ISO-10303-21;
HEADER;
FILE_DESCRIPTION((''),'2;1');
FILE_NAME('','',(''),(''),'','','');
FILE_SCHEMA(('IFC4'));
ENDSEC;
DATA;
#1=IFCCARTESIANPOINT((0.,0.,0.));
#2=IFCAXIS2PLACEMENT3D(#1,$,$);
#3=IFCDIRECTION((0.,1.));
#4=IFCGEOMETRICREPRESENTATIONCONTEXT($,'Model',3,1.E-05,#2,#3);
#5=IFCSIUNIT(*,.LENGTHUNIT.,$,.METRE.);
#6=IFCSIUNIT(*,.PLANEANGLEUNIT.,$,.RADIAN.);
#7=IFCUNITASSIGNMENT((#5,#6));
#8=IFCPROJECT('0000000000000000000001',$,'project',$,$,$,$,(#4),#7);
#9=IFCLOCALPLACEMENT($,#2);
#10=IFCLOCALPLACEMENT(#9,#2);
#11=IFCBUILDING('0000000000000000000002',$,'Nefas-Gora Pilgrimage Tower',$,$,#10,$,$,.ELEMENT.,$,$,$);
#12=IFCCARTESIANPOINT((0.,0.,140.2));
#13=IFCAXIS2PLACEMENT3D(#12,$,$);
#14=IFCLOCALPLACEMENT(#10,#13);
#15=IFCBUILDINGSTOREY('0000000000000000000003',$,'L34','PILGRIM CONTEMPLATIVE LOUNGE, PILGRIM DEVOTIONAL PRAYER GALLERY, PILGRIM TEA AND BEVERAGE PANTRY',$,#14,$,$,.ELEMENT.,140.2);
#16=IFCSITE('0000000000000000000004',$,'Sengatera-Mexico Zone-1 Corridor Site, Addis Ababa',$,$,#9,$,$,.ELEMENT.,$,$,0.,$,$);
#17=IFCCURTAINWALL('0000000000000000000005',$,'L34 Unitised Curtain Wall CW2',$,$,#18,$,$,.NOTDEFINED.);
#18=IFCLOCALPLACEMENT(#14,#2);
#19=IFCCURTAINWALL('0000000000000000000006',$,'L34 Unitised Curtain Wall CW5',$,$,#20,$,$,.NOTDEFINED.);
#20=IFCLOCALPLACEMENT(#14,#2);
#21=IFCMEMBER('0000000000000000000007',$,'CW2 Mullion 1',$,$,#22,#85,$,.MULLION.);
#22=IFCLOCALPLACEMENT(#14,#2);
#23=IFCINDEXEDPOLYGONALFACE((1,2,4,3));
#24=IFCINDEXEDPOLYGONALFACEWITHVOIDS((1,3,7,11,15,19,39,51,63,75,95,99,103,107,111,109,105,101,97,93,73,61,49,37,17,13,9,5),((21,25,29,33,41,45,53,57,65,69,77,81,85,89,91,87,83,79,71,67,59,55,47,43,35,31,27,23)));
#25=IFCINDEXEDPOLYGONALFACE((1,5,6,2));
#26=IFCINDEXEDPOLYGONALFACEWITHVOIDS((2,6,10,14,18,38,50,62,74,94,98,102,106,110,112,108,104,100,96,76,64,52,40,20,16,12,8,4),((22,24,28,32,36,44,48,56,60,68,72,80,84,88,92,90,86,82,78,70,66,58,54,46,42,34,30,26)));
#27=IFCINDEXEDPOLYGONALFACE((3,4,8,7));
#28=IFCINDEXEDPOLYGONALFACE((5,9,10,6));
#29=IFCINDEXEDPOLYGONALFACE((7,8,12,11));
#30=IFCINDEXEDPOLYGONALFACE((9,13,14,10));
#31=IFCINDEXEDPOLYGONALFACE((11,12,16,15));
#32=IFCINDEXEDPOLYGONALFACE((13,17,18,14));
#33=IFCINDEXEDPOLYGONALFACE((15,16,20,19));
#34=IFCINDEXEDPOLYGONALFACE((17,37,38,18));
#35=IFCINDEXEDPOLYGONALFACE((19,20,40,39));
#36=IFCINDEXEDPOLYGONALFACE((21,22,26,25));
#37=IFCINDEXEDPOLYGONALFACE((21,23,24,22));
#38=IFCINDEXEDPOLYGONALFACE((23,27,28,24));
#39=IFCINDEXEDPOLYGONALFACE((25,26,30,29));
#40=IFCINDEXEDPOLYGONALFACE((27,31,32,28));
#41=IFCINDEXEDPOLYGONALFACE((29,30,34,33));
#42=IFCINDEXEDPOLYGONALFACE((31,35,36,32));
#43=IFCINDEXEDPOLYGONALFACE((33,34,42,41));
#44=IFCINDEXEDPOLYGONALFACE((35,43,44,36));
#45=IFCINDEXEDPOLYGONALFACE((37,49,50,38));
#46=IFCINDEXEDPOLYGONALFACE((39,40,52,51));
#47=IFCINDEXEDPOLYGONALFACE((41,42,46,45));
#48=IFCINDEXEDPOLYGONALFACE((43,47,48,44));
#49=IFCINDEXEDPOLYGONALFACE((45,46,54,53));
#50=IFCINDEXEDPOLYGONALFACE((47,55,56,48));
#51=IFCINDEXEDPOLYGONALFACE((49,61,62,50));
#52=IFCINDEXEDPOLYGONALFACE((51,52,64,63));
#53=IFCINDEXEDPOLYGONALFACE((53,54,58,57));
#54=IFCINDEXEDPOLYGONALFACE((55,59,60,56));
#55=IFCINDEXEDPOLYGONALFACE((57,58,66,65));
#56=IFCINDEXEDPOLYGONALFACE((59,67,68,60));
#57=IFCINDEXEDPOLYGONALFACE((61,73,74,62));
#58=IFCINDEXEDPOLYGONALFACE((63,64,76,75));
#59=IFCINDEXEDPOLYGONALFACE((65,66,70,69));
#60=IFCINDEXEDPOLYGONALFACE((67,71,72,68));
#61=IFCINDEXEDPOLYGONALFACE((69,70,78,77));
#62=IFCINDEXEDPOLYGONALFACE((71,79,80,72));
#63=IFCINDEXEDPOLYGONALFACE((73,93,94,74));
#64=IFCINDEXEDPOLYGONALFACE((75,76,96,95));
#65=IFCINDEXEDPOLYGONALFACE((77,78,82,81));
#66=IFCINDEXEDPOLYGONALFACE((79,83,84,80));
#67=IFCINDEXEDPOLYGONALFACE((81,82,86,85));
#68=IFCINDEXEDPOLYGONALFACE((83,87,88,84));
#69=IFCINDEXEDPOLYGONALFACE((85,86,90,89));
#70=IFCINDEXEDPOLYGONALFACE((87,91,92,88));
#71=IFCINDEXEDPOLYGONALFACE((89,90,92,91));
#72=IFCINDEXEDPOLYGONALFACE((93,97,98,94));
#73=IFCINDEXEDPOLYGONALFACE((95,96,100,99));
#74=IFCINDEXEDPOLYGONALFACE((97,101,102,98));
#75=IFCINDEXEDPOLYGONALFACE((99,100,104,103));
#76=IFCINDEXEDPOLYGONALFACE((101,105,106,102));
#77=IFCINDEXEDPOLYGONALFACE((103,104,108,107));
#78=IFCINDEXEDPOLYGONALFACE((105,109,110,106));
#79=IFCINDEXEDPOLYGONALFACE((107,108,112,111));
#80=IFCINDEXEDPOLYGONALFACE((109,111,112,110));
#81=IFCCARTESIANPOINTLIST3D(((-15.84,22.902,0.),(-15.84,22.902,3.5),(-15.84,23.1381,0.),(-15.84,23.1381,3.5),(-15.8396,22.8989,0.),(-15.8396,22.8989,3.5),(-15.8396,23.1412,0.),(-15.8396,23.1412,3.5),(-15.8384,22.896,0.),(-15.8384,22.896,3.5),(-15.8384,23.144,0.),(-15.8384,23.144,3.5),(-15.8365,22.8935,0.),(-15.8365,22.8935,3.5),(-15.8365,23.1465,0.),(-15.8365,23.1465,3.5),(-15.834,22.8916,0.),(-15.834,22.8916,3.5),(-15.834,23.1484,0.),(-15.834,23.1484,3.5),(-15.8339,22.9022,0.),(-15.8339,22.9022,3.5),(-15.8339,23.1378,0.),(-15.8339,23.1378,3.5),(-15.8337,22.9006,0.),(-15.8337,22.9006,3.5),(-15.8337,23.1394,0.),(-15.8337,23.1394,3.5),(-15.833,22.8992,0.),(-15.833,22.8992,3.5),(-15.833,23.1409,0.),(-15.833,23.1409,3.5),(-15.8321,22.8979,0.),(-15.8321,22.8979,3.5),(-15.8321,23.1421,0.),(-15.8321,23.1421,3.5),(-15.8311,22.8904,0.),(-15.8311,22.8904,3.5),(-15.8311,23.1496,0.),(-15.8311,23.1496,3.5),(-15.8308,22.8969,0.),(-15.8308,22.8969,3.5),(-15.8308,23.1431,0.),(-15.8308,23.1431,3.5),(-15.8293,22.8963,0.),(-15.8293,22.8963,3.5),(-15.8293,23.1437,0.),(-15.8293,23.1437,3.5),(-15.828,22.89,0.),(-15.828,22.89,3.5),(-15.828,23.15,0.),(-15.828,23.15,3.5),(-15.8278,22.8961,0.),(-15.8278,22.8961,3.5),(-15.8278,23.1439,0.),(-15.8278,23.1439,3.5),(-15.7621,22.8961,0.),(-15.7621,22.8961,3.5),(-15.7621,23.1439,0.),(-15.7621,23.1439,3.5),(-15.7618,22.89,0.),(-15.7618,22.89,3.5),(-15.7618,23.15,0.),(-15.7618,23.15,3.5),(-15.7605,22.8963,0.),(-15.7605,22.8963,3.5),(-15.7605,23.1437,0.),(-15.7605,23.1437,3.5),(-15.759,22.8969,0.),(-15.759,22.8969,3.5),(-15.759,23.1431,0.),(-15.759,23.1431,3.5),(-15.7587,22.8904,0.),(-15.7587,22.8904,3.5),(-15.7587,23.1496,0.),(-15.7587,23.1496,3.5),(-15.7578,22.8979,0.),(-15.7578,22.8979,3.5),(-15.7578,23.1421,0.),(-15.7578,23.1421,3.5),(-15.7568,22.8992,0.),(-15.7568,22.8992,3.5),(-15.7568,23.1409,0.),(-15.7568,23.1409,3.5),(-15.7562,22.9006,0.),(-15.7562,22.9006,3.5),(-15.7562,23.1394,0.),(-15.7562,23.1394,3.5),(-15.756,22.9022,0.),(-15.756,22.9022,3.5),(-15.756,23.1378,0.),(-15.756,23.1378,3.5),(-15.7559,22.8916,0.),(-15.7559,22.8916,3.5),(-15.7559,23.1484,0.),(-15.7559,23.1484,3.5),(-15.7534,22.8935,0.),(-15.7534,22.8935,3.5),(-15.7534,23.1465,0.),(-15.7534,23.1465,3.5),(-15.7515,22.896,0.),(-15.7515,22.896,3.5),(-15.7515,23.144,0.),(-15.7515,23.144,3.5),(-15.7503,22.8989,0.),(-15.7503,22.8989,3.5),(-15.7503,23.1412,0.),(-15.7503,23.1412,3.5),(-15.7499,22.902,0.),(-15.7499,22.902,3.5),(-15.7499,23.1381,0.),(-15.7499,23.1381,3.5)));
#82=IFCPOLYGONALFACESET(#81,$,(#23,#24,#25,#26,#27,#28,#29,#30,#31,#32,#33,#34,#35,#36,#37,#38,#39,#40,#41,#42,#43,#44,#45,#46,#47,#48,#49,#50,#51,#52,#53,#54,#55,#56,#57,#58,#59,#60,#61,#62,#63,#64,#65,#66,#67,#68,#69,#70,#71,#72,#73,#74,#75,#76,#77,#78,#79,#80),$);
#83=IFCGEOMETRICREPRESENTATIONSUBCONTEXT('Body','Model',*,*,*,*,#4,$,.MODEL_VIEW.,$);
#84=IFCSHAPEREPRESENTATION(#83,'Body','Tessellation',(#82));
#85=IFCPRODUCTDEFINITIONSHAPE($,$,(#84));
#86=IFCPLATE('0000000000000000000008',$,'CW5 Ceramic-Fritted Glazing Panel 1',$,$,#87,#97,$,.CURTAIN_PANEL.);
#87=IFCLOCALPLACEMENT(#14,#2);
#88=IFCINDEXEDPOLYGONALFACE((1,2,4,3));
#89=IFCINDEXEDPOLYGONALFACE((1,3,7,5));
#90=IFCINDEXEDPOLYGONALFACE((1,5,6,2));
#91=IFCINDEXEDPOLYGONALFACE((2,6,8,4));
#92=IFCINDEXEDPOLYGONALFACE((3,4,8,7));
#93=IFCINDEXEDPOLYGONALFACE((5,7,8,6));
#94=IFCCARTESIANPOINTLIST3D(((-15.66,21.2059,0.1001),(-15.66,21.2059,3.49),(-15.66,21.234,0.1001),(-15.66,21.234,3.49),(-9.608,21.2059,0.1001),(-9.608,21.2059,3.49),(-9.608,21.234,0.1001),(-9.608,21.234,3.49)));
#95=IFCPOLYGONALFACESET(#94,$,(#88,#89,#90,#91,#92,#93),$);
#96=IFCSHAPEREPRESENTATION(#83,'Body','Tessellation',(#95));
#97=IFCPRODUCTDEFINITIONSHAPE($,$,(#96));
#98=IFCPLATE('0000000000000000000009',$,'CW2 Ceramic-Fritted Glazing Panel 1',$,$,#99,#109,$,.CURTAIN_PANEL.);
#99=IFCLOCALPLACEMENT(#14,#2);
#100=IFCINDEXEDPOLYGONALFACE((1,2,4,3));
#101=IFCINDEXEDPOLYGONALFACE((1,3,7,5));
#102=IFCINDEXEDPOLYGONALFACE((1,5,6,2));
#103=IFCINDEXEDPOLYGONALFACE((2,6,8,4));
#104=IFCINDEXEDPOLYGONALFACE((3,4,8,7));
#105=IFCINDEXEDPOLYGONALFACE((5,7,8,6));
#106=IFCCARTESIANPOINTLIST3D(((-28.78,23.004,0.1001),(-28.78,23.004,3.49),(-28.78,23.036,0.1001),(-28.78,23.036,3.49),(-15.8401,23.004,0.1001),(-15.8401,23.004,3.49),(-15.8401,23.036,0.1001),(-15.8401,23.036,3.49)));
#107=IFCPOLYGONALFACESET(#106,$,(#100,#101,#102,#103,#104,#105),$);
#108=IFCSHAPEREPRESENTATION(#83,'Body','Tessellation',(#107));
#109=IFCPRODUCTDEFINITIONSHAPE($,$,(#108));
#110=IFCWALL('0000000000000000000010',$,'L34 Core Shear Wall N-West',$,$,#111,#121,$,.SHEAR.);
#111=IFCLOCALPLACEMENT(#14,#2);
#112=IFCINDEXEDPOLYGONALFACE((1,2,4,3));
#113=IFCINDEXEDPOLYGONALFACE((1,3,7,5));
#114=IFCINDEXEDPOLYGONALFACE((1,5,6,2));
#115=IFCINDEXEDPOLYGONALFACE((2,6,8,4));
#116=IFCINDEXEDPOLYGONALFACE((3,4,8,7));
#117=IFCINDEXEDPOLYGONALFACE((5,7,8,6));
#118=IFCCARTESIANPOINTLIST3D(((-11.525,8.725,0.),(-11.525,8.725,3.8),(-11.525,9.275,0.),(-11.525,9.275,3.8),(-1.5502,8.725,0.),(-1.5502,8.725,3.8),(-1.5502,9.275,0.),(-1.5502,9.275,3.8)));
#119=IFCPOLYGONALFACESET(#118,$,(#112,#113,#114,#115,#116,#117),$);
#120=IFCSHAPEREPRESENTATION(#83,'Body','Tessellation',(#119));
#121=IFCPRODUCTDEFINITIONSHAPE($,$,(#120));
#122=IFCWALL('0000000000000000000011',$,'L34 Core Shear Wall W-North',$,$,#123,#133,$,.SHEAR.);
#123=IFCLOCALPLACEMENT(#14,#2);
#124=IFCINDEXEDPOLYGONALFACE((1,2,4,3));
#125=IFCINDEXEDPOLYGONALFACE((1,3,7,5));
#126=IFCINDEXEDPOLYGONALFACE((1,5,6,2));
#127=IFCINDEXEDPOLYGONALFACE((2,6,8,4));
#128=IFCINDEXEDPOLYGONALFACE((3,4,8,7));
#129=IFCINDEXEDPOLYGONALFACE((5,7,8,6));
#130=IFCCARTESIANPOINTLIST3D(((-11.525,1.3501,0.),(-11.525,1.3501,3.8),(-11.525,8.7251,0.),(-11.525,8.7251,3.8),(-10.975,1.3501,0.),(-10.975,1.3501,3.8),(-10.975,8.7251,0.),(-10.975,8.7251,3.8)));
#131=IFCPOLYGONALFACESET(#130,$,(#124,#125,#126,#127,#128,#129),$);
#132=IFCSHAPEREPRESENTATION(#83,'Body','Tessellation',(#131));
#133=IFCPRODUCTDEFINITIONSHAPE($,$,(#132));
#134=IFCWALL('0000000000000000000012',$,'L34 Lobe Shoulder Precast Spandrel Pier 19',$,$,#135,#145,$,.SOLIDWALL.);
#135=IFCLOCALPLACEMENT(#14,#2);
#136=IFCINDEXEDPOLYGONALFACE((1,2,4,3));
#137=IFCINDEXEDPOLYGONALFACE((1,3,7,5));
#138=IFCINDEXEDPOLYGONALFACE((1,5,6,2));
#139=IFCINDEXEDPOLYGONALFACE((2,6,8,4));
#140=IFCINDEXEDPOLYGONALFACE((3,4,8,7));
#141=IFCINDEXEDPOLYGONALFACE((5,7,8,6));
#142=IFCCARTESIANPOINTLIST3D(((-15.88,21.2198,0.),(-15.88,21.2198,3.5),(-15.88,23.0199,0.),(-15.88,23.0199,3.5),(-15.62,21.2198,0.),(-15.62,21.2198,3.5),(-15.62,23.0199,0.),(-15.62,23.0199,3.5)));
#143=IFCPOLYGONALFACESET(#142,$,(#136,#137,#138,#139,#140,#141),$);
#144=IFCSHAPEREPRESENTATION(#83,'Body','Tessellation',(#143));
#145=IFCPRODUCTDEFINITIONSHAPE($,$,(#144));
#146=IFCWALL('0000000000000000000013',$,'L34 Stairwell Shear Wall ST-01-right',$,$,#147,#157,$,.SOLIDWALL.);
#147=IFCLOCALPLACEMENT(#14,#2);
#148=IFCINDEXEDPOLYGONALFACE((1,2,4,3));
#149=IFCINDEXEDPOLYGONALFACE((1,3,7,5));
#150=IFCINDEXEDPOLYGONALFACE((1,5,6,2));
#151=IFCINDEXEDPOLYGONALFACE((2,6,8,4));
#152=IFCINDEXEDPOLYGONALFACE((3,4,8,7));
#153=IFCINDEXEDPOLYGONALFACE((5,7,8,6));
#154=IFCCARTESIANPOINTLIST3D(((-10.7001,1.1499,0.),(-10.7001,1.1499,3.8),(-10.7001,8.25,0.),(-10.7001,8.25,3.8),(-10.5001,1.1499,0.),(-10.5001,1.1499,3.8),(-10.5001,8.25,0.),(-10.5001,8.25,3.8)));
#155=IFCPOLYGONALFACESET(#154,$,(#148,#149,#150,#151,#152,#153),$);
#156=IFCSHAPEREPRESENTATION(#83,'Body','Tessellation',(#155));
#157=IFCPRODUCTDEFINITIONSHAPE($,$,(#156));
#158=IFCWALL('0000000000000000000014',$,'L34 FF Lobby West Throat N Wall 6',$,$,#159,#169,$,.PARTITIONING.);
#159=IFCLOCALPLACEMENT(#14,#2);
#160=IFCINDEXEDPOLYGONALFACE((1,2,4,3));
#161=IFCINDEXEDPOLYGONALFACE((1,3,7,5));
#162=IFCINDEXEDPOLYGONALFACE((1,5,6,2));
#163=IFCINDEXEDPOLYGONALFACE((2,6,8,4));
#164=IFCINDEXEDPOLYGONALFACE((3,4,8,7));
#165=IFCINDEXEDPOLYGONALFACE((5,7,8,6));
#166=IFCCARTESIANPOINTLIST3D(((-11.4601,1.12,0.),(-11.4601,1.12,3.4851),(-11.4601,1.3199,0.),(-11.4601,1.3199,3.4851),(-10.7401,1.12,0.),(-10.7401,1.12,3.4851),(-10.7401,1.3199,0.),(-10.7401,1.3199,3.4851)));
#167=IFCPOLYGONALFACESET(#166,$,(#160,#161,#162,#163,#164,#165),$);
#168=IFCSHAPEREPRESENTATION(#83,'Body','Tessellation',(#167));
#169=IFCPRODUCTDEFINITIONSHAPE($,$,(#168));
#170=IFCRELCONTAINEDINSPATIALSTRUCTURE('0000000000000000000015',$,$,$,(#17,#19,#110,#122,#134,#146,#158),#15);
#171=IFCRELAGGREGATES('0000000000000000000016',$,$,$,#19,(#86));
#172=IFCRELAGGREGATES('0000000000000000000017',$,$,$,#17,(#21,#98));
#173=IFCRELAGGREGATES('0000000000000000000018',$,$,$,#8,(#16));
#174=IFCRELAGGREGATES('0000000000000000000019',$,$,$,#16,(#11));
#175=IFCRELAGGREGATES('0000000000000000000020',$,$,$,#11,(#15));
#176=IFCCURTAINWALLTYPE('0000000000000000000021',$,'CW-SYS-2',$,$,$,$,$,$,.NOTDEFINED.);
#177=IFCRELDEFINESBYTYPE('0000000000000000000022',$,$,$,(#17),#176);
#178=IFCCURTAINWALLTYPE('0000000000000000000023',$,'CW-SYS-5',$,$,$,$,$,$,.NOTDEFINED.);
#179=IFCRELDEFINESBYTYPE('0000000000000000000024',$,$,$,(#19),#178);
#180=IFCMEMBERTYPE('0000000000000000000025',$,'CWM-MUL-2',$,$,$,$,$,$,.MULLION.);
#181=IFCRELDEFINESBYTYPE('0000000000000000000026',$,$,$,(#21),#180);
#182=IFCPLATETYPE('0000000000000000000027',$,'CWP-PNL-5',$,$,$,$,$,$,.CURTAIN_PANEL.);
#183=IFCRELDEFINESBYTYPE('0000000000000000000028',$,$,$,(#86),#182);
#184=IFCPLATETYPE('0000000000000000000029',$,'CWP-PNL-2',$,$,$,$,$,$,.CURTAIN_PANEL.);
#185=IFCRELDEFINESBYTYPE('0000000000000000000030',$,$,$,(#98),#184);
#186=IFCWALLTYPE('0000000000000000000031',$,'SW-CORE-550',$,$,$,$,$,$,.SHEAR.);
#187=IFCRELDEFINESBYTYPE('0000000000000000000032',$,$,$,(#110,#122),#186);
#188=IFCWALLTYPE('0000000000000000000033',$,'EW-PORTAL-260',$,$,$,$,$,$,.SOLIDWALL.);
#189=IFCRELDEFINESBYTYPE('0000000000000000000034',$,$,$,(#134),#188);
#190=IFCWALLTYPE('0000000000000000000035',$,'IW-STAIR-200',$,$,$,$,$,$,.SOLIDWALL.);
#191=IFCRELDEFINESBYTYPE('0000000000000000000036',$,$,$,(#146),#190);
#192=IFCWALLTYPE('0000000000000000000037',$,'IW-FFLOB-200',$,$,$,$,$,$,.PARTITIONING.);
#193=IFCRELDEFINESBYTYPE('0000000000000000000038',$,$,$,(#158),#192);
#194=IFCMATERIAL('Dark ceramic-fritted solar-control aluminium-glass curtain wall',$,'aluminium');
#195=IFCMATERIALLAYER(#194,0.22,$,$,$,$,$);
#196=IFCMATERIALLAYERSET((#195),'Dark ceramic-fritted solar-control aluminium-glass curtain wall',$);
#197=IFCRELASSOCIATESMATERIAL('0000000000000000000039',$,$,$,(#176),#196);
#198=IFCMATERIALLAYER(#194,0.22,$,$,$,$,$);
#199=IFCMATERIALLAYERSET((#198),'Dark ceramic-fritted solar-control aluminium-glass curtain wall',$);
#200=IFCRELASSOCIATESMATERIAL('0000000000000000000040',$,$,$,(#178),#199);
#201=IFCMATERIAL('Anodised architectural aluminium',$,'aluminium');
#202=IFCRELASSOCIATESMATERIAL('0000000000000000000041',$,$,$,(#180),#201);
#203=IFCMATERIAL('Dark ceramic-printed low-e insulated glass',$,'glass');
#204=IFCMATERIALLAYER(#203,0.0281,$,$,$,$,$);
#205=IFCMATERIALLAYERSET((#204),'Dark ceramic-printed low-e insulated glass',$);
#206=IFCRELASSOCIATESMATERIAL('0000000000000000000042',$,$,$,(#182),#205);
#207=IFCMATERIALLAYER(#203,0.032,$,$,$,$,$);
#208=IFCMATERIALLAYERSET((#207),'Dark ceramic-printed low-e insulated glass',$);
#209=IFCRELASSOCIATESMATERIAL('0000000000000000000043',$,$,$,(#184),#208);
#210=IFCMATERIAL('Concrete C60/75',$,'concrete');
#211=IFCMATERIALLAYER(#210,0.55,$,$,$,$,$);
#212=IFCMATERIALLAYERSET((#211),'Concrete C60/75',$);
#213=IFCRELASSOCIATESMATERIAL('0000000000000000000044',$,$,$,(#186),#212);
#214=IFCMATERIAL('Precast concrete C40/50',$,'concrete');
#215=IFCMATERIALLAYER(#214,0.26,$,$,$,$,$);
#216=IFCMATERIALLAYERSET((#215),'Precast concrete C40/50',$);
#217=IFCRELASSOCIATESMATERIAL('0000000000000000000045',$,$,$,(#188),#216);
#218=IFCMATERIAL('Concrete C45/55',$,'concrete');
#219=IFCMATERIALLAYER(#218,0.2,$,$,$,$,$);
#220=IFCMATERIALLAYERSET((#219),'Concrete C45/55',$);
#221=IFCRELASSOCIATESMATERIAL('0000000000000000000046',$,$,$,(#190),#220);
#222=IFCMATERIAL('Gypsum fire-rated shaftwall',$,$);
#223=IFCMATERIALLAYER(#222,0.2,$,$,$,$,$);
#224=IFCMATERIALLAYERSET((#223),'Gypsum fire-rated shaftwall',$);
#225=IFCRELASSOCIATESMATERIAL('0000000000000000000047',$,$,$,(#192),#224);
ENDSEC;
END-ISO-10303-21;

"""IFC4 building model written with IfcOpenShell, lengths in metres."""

from ifc_helpers import new_model, si_unit, direction, frame, frame_2d, origin, origin_2d, place, context, subcontext, project, spatial, rectangle, hollow_rectangle, extrude, source, transform, mapped, material, layer, layer_set, material_profile, profile_set, type_object, element, aggregate, save


model = new_model("IFC4")

# Units and contexts
model_context = context("Model", 3, precision=1e-05, world=origin(), true_north=direction((0.0, 1.0)))
body_context = subcontext(model_context, "Body", "Model", "MODEL_VIEW")
ifc_project = project(units=[si_unit("LENGTHUNIT", "METRE"), si_unit("PLANEANGLEUNIT", "RADIAN")], contexts=[model_context])

# Site, building, storey
site_placement = place(None, origin())
site = spatial("IfcSite", under=ifc_project, at=site_placement, Name="Sengatera-Mexico Zone-1 Corridor Site, Addis Ababa", CompositionType="ELEMENT", RefElevation=0.0)
building_placement = place(site_placement, origin())
building = spatial("IfcBuilding", under=site, at=building_placement, Name="Nefas-Gora Pilgrimage Tower", CompositionType="ELEMENT")
storey_placement = place(building_placement, frame((0.0, 0.0, 140.2)))
storey = spatial("IfcBuildingStorey", under=building, at=storey_placement, Name="L34", Description="PILGRIM CONTEMPLATIVE LOUNGE, PILGRIM DEVOTIONAL PRAYER GALLERY, PILGRIM TEA AND BEVERAGE PANTRY", CompositionType="ELEMENT", Elevation=140.2)

# Curtain walls
ifc_material_1 = material(Name="Dark ceramic-fritted solar-control aluminium-glass curtain wall", Category="aluminium")
ifc_layer_1 = layer(ifc_material_1, 0.22)
ifc_layer_set_1 = layer_set([ifc_layer_1], Name="Dark ceramic-fritted solar-control aluminium-glass curtain wall")
curtain_wall_type_1 = type_object("IfcCurtainWallType", Name="CW-SYS-2", PredefinedType="NOTDEFINED", material=ifc_layer_set_1)
curtain_wall_1_placement = place(storey_placement, origin())
curtain_wall_1 = element("IfcCurtainWall", 1, at=curtain_wall_1_placement, inside=storey, type_object=curtain_wall_type_1, Name="L34 Unitised Curtain Wall CW2", PredefinedType="NOTDEFINED")
ifc_material_2 = material(Name="Anodised architectural aluminium", Category="aluminium")
ifc_layer_2 = layer(ifc_material_1, 0.22)
ifc_layer_set_2 = layer_set([ifc_layer_2], Name="Dark ceramic-fritted solar-control aluminium-glass curtain wall")
curtain_wall_type_2 = type_object("IfcCurtainWallType", Name="CW-SYS-5", PredefinedType="NOTDEFINED", material=ifc_layer_set_2)
curtain_wall_2_placement = place(storey_placement, origin())
curtain_wall_2 = element("IfcCurtainWall", 2, at=curtain_wall_2_placement, inside=storey, type_object=curtain_wall_type_2, Name="L34 Unitised Curtain Wall CW5", PredefinedType="NOTDEFINED")

# Member
ifc_material_profile_1 = material_profile(ifc_material_2, hollow_rectangle(XDim=0.0901, YDim=0.26, WallThickness=0.0061, InnerFilletRadius=0.0061, OuterFilletRadius=0.012, at=origin_2d()), Name="ALU MULLION 90x260")
ifc_profile_set_1 = profile_set([ifc_material_profile_1], Name="Anodised architectural aluminium")
member_type_1 = type_object("IfcMemberType", Name="CWM-MUL-2", PredefinedType="MULLION", material=ifc_profile_set_1)
shared_shape_1 = source(origin(), body_context, "Body", "SweptSolid", [
    extrude(hollow_rectangle(XDim=0.0901, YDim=0.26, WallThickness=0.0061, InnerFilletRadius=0.0061, OuterFilletRadius=0.012, at=origin_2d()), origin(), (0.0, 0.0, 1.0), 3.5),
])
member_1_placement = place(storey_placement, frame((-15.7949, 23.02, 0.0), z_axis=(0.0, 0.0, 1.0), x_axis=(-1.0, 0.0, 0.0)))
member_1 = element("IfcMember", 3, at=member_1_placement, type_object=member_type_1, Name="CW2 Mullion 1", PredefinedType="MULLION", context=body_context, shape_type="MappedRepresentation", body=[
    mapped(shared_shape_1, transform((0.0, 0.0, 0.0), x_axis=(1.0, 0.0, 0.0), y_axis=(0.0, 1.0, 0.0), z_axis=(0.0, 0.0, 1.0), scale=1.0)),
])

# Plates
ifc_material_3 = material(Name="Dark ceramic-printed low-e insulated glass", Category="glass")
ifc_layer_3 = layer(ifc_material_3, 0.0281)
ifc_layer_set_3 = layer_set([ifc_layer_3], Name="Dark ceramic-printed low-e insulated glass")
plate_type_1 = type_object("IfcPlateType", Name="CWP-PNL-5", PredefinedType="CURTAIN_PANEL", material=ifc_layer_set_3)
shared_shape_2 = source(origin(), body_context, "Body", "SweptSolid", [
    extrude(rectangle(XDim=6.052, YDim=0.0281, at=origin_2d()), origin(), (0.0, 0.0, 1.0), 3.3899),
])
plate_1_placement = place(storey_placement, frame((-12.634, 21.22, 0.1001), z_axis=(0.0, 0.0, 1.0), x_axis=(-1.0, 0.0, 0.0)))
plate_1 = element("IfcPlate", 4, at=plate_1_placement, type_object=plate_type_1, Name="CW5 Ceramic-Fritted Glazing Panel 1", PredefinedType="CURTAIN_PANEL", context=body_context, shape_type="MappedRepresentation", body=[
    mapped(shared_shape_2, transform((0.0, 0.0, 0.0), x_axis=(1.0, 0.0, 0.0), y_axis=(0.0, 1.0, 0.0), z_axis=(0.0, 0.0, 1.0), scale=1.0)),
])
aggregate(curtain_wall_2, [plate_1])
ifc_layer_4 = layer(ifc_material_3, 0.032)
ifc_layer_set_4 = layer_set([ifc_layer_4], Name="Dark ceramic-printed low-e insulated glass")
plate_type_2 = type_object("IfcPlateType", Name="CWP-PNL-2", PredefinedType="CURTAIN_PANEL", material=ifc_layer_set_4)
shared_shape_3 = source(origin(), body_context, "Body", "SweptSolid", [
    extrude(rectangle(XDim=12.9399, YDim=0.032, at=origin_2d()), origin(), (0.0, 0.0, 1.0), 3.3899),
])
plate_2_placement = place(storey_placement, frame((-22.3101, 23.02, 0.1001), z_axis=(0.0, 0.0, 1.0), x_axis=(-1.0, 0.0, 0.0)))
plate_2 = element("IfcPlate", 5, at=plate_2_placement, type_object=plate_type_2, Name="CW2 Ceramic-Fritted Glazing Panel 1", PredefinedType="CURTAIN_PANEL", context=body_context, shape_type="MappedRepresentation", body=[
    mapped(shared_shape_3, transform((0.0, 0.0, 0.0), x_axis=(1.0, 0.0, 0.0), y_axis=(0.0, 1.0, 0.0), z_axis=(0.0, 0.0, 1.0), scale=1.0)),
])
aggregate(curtain_wall_1, [member_1, plate_2])

# Walls
ifc_material_4 = material(Name="Concrete C60/75", Category="concrete")
ifc_layer_5 = layer(ifc_material_4, 0.55)
ifc_layer_set_5 = layer_set([ifc_layer_5], Name="Concrete C60/75")
wall_type_1 = type_object("IfcWallType", Name="SW-CORE-550", PredefinedType="SHEAR", material=ifc_layer_set_5)
shared_shape_4 = source(origin(), body_context, "Body", "SweptSolid", [
    extrude(rectangle(XDim=9.9749, YDim=0.55, at=frame_2d((4.9873, 0.0))), origin(), (0.0, 0.0, 1.0), 3.8),
])
wall_1_placement = place(storey_placement, frame((-11.5249, 9.0, 0.0), z_axis=(0.0, 0.0, 1.0), x_axis=(1.0, 0.0, 0.0)))
element("IfcWall", 6, at=wall_1_placement, inside=storey, type_object=wall_type_1, Name="L34 Core Shear Wall N-West", PredefinedType="SHEAR", context=body_context, shape_type="MappedRepresentation", body=[
    mapped(shared_shape_4, transform((0.0, 0.0, 0.0), x_axis=(1.0, 0.0, 0.0), y_axis=(0.0, 1.0, 0.0), z_axis=(0.0, 0.0, 1.0), scale=1.0)),
])
shared_shape_5 = source(origin(), body_context, "Body", "SweptSolid", [
    extrude(rectangle(XDim=7.375, YDim=0.55, at=frame_2d((3.6875, 0.0))), origin(), (0.0, 0.0, 1.0), 3.8),
])
wall_2_placement = place(storey_placement, frame((-11.25, 1.3501, 0.0), z_axis=(0.0, 0.0, 1.0), x_axis=(0.0, 1.0, 0.0)))
element("IfcWall", 7, at=wall_2_placement, inside=storey, type_object=wall_type_1, Name="L34 Core Shear Wall W-North", PredefinedType="SHEAR", context=body_context, shape_type="MappedRepresentation", body=[
    mapped(shared_shape_5, transform((0.0, 0.0, 0.0), x_axis=(1.0, 0.0, 0.0), y_axis=(0.0, 1.0, 0.0), z_axis=(0.0, 0.0, 1.0), scale=1.0)),
])
ifc_material_5 = material(Name="Precast concrete C40/50", Category="concrete")
ifc_layer_6 = layer(ifc_material_5, 0.26)
ifc_layer_set_6 = layer_set([ifc_layer_6], Name="Precast concrete C40/50")
wall_type_2 = type_object("IfcWallType", Name="EW-PORTAL-260", PredefinedType="SOLIDWALL", material=ifc_layer_set_6)
shared_shape_6 = source(origin(), body_context, "Body", "SweptSolid", [
    extrude(rectangle(XDim=1.8, YDim=0.26, at=frame_2d((0.8999, 0.0))), origin(), (0.0, 0.0, 1.0), 3.5),
])
wall_3_placement = place(storey_placement, frame((-15.75, 21.22, 0.0), z_axis=(0.0, 0.0, 1.0), x_axis=(0.0, 1.0, 0.0)))
element("IfcWall", 8, at=wall_3_placement, inside=storey, type_object=wall_type_2, Name="L34 Lobe Shoulder Precast Spandrel Pier 19", PredefinedType="SOLIDWALL", context=body_context, shape_type="MappedRepresentation", body=[
    mapped(shared_shape_6, transform((0.0, 0.0, 0.0), x_axis=(1.0, 0.0, 0.0), y_axis=(0.0, 1.0, 0.0), z_axis=(0.0, 0.0, 1.0), scale=1.0)),
])
ifc_material_6 = material(Name="Concrete C45/55", Category="concrete")
ifc_layer_7 = layer(ifc_material_6, 0.2)
ifc_layer_set_7 = layer_set([ifc_layer_7], Name="Concrete C45/55")
wall_type_3 = type_object("IfcWallType", Name="IW-STAIR-200", PredefinedType="SOLIDWALL", material=ifc_layer_set_7)
shared_shape_7 = source(origin(), body_context, "Body", "SweptSolid", [
    extrude(rectangle(XDim=7.1001, YDim=0.2, at=frame_2d((3.55, 0.0))), origin(), (0.0, 0.0, 1.0), 3.8),
])
wall_4_placement = place(storey_placement, frame((-10.6001, 1.1499, 0.0), z_axis=(0.0, 0.0, 1.0), x_axis=(0.0, 1.0, 0.0)))
element("IfcWall", 9, at=wall_4_placement, inside=storey, type_object=wall_type_3, Name="L34 Stairwell Shear Wall ST-01-right", PredefinedType="SOLIDWALL", context=body_context, shape_type="MappedRepresentation", body=[
    mapped(shared_shape_7, transform((0.0, 0.0, 0.0), x_axis=(1.0, 0.0, 0.0), y_axis=(0.0, 1.0, 0.0), z_axis=(0.0, 0.0, 1.0), scale=1.0)),
])
ifc_material_7 = material(Name="Gypsum fire-rated shaftwall")
ifc_layer_8 = layer(ifc_material_7, 0.2)
ifc_layer_set_8 = layer_set([ifc_layer_8], Name="Gypsum fire-rated shaftwall")
wall_type_4 = type_object("IfcWallType", Name="IW-FFLOB-200", PredefinedType="PARTITIONING", material=ifc_layer_set_8)
shared_shape_8 = source(origin(), body_context, "Body", "SweptSolid", [
    extrude(rectangle(XDim=0.72, YDim=0.2, at=frame_2d((0.3599, 0.0))), origin(), (0.0, 0.0, 1.0), 3.4851),
])
wall_5_placement = place(storey_placement, frame((-11.46, 1.22, 0.0), z_axis=(0.0, 0.0, 1.0), x_axis=(1.0, 0.0, 0.0)))
element("IfcWall", 10, at=wall_5_placement, inside=storey, type_object=wall_type_4, Name="L34 FF Lobby West Throat N Wall 6", PredefinedType="PARTITIONING", context=body_context, shape_type="MappedRepresentation", body=[
    mapped(shared_shape_8, transform((0.0, 0.0, 0.0), x_axis=(1.0, 0.0, 0.0), y_axis=(0.0, 1.0, 0.0), z_axis=(0.0, 0.0, 1.0), scale=1.0)),
])

save(model, "model.ifc")
